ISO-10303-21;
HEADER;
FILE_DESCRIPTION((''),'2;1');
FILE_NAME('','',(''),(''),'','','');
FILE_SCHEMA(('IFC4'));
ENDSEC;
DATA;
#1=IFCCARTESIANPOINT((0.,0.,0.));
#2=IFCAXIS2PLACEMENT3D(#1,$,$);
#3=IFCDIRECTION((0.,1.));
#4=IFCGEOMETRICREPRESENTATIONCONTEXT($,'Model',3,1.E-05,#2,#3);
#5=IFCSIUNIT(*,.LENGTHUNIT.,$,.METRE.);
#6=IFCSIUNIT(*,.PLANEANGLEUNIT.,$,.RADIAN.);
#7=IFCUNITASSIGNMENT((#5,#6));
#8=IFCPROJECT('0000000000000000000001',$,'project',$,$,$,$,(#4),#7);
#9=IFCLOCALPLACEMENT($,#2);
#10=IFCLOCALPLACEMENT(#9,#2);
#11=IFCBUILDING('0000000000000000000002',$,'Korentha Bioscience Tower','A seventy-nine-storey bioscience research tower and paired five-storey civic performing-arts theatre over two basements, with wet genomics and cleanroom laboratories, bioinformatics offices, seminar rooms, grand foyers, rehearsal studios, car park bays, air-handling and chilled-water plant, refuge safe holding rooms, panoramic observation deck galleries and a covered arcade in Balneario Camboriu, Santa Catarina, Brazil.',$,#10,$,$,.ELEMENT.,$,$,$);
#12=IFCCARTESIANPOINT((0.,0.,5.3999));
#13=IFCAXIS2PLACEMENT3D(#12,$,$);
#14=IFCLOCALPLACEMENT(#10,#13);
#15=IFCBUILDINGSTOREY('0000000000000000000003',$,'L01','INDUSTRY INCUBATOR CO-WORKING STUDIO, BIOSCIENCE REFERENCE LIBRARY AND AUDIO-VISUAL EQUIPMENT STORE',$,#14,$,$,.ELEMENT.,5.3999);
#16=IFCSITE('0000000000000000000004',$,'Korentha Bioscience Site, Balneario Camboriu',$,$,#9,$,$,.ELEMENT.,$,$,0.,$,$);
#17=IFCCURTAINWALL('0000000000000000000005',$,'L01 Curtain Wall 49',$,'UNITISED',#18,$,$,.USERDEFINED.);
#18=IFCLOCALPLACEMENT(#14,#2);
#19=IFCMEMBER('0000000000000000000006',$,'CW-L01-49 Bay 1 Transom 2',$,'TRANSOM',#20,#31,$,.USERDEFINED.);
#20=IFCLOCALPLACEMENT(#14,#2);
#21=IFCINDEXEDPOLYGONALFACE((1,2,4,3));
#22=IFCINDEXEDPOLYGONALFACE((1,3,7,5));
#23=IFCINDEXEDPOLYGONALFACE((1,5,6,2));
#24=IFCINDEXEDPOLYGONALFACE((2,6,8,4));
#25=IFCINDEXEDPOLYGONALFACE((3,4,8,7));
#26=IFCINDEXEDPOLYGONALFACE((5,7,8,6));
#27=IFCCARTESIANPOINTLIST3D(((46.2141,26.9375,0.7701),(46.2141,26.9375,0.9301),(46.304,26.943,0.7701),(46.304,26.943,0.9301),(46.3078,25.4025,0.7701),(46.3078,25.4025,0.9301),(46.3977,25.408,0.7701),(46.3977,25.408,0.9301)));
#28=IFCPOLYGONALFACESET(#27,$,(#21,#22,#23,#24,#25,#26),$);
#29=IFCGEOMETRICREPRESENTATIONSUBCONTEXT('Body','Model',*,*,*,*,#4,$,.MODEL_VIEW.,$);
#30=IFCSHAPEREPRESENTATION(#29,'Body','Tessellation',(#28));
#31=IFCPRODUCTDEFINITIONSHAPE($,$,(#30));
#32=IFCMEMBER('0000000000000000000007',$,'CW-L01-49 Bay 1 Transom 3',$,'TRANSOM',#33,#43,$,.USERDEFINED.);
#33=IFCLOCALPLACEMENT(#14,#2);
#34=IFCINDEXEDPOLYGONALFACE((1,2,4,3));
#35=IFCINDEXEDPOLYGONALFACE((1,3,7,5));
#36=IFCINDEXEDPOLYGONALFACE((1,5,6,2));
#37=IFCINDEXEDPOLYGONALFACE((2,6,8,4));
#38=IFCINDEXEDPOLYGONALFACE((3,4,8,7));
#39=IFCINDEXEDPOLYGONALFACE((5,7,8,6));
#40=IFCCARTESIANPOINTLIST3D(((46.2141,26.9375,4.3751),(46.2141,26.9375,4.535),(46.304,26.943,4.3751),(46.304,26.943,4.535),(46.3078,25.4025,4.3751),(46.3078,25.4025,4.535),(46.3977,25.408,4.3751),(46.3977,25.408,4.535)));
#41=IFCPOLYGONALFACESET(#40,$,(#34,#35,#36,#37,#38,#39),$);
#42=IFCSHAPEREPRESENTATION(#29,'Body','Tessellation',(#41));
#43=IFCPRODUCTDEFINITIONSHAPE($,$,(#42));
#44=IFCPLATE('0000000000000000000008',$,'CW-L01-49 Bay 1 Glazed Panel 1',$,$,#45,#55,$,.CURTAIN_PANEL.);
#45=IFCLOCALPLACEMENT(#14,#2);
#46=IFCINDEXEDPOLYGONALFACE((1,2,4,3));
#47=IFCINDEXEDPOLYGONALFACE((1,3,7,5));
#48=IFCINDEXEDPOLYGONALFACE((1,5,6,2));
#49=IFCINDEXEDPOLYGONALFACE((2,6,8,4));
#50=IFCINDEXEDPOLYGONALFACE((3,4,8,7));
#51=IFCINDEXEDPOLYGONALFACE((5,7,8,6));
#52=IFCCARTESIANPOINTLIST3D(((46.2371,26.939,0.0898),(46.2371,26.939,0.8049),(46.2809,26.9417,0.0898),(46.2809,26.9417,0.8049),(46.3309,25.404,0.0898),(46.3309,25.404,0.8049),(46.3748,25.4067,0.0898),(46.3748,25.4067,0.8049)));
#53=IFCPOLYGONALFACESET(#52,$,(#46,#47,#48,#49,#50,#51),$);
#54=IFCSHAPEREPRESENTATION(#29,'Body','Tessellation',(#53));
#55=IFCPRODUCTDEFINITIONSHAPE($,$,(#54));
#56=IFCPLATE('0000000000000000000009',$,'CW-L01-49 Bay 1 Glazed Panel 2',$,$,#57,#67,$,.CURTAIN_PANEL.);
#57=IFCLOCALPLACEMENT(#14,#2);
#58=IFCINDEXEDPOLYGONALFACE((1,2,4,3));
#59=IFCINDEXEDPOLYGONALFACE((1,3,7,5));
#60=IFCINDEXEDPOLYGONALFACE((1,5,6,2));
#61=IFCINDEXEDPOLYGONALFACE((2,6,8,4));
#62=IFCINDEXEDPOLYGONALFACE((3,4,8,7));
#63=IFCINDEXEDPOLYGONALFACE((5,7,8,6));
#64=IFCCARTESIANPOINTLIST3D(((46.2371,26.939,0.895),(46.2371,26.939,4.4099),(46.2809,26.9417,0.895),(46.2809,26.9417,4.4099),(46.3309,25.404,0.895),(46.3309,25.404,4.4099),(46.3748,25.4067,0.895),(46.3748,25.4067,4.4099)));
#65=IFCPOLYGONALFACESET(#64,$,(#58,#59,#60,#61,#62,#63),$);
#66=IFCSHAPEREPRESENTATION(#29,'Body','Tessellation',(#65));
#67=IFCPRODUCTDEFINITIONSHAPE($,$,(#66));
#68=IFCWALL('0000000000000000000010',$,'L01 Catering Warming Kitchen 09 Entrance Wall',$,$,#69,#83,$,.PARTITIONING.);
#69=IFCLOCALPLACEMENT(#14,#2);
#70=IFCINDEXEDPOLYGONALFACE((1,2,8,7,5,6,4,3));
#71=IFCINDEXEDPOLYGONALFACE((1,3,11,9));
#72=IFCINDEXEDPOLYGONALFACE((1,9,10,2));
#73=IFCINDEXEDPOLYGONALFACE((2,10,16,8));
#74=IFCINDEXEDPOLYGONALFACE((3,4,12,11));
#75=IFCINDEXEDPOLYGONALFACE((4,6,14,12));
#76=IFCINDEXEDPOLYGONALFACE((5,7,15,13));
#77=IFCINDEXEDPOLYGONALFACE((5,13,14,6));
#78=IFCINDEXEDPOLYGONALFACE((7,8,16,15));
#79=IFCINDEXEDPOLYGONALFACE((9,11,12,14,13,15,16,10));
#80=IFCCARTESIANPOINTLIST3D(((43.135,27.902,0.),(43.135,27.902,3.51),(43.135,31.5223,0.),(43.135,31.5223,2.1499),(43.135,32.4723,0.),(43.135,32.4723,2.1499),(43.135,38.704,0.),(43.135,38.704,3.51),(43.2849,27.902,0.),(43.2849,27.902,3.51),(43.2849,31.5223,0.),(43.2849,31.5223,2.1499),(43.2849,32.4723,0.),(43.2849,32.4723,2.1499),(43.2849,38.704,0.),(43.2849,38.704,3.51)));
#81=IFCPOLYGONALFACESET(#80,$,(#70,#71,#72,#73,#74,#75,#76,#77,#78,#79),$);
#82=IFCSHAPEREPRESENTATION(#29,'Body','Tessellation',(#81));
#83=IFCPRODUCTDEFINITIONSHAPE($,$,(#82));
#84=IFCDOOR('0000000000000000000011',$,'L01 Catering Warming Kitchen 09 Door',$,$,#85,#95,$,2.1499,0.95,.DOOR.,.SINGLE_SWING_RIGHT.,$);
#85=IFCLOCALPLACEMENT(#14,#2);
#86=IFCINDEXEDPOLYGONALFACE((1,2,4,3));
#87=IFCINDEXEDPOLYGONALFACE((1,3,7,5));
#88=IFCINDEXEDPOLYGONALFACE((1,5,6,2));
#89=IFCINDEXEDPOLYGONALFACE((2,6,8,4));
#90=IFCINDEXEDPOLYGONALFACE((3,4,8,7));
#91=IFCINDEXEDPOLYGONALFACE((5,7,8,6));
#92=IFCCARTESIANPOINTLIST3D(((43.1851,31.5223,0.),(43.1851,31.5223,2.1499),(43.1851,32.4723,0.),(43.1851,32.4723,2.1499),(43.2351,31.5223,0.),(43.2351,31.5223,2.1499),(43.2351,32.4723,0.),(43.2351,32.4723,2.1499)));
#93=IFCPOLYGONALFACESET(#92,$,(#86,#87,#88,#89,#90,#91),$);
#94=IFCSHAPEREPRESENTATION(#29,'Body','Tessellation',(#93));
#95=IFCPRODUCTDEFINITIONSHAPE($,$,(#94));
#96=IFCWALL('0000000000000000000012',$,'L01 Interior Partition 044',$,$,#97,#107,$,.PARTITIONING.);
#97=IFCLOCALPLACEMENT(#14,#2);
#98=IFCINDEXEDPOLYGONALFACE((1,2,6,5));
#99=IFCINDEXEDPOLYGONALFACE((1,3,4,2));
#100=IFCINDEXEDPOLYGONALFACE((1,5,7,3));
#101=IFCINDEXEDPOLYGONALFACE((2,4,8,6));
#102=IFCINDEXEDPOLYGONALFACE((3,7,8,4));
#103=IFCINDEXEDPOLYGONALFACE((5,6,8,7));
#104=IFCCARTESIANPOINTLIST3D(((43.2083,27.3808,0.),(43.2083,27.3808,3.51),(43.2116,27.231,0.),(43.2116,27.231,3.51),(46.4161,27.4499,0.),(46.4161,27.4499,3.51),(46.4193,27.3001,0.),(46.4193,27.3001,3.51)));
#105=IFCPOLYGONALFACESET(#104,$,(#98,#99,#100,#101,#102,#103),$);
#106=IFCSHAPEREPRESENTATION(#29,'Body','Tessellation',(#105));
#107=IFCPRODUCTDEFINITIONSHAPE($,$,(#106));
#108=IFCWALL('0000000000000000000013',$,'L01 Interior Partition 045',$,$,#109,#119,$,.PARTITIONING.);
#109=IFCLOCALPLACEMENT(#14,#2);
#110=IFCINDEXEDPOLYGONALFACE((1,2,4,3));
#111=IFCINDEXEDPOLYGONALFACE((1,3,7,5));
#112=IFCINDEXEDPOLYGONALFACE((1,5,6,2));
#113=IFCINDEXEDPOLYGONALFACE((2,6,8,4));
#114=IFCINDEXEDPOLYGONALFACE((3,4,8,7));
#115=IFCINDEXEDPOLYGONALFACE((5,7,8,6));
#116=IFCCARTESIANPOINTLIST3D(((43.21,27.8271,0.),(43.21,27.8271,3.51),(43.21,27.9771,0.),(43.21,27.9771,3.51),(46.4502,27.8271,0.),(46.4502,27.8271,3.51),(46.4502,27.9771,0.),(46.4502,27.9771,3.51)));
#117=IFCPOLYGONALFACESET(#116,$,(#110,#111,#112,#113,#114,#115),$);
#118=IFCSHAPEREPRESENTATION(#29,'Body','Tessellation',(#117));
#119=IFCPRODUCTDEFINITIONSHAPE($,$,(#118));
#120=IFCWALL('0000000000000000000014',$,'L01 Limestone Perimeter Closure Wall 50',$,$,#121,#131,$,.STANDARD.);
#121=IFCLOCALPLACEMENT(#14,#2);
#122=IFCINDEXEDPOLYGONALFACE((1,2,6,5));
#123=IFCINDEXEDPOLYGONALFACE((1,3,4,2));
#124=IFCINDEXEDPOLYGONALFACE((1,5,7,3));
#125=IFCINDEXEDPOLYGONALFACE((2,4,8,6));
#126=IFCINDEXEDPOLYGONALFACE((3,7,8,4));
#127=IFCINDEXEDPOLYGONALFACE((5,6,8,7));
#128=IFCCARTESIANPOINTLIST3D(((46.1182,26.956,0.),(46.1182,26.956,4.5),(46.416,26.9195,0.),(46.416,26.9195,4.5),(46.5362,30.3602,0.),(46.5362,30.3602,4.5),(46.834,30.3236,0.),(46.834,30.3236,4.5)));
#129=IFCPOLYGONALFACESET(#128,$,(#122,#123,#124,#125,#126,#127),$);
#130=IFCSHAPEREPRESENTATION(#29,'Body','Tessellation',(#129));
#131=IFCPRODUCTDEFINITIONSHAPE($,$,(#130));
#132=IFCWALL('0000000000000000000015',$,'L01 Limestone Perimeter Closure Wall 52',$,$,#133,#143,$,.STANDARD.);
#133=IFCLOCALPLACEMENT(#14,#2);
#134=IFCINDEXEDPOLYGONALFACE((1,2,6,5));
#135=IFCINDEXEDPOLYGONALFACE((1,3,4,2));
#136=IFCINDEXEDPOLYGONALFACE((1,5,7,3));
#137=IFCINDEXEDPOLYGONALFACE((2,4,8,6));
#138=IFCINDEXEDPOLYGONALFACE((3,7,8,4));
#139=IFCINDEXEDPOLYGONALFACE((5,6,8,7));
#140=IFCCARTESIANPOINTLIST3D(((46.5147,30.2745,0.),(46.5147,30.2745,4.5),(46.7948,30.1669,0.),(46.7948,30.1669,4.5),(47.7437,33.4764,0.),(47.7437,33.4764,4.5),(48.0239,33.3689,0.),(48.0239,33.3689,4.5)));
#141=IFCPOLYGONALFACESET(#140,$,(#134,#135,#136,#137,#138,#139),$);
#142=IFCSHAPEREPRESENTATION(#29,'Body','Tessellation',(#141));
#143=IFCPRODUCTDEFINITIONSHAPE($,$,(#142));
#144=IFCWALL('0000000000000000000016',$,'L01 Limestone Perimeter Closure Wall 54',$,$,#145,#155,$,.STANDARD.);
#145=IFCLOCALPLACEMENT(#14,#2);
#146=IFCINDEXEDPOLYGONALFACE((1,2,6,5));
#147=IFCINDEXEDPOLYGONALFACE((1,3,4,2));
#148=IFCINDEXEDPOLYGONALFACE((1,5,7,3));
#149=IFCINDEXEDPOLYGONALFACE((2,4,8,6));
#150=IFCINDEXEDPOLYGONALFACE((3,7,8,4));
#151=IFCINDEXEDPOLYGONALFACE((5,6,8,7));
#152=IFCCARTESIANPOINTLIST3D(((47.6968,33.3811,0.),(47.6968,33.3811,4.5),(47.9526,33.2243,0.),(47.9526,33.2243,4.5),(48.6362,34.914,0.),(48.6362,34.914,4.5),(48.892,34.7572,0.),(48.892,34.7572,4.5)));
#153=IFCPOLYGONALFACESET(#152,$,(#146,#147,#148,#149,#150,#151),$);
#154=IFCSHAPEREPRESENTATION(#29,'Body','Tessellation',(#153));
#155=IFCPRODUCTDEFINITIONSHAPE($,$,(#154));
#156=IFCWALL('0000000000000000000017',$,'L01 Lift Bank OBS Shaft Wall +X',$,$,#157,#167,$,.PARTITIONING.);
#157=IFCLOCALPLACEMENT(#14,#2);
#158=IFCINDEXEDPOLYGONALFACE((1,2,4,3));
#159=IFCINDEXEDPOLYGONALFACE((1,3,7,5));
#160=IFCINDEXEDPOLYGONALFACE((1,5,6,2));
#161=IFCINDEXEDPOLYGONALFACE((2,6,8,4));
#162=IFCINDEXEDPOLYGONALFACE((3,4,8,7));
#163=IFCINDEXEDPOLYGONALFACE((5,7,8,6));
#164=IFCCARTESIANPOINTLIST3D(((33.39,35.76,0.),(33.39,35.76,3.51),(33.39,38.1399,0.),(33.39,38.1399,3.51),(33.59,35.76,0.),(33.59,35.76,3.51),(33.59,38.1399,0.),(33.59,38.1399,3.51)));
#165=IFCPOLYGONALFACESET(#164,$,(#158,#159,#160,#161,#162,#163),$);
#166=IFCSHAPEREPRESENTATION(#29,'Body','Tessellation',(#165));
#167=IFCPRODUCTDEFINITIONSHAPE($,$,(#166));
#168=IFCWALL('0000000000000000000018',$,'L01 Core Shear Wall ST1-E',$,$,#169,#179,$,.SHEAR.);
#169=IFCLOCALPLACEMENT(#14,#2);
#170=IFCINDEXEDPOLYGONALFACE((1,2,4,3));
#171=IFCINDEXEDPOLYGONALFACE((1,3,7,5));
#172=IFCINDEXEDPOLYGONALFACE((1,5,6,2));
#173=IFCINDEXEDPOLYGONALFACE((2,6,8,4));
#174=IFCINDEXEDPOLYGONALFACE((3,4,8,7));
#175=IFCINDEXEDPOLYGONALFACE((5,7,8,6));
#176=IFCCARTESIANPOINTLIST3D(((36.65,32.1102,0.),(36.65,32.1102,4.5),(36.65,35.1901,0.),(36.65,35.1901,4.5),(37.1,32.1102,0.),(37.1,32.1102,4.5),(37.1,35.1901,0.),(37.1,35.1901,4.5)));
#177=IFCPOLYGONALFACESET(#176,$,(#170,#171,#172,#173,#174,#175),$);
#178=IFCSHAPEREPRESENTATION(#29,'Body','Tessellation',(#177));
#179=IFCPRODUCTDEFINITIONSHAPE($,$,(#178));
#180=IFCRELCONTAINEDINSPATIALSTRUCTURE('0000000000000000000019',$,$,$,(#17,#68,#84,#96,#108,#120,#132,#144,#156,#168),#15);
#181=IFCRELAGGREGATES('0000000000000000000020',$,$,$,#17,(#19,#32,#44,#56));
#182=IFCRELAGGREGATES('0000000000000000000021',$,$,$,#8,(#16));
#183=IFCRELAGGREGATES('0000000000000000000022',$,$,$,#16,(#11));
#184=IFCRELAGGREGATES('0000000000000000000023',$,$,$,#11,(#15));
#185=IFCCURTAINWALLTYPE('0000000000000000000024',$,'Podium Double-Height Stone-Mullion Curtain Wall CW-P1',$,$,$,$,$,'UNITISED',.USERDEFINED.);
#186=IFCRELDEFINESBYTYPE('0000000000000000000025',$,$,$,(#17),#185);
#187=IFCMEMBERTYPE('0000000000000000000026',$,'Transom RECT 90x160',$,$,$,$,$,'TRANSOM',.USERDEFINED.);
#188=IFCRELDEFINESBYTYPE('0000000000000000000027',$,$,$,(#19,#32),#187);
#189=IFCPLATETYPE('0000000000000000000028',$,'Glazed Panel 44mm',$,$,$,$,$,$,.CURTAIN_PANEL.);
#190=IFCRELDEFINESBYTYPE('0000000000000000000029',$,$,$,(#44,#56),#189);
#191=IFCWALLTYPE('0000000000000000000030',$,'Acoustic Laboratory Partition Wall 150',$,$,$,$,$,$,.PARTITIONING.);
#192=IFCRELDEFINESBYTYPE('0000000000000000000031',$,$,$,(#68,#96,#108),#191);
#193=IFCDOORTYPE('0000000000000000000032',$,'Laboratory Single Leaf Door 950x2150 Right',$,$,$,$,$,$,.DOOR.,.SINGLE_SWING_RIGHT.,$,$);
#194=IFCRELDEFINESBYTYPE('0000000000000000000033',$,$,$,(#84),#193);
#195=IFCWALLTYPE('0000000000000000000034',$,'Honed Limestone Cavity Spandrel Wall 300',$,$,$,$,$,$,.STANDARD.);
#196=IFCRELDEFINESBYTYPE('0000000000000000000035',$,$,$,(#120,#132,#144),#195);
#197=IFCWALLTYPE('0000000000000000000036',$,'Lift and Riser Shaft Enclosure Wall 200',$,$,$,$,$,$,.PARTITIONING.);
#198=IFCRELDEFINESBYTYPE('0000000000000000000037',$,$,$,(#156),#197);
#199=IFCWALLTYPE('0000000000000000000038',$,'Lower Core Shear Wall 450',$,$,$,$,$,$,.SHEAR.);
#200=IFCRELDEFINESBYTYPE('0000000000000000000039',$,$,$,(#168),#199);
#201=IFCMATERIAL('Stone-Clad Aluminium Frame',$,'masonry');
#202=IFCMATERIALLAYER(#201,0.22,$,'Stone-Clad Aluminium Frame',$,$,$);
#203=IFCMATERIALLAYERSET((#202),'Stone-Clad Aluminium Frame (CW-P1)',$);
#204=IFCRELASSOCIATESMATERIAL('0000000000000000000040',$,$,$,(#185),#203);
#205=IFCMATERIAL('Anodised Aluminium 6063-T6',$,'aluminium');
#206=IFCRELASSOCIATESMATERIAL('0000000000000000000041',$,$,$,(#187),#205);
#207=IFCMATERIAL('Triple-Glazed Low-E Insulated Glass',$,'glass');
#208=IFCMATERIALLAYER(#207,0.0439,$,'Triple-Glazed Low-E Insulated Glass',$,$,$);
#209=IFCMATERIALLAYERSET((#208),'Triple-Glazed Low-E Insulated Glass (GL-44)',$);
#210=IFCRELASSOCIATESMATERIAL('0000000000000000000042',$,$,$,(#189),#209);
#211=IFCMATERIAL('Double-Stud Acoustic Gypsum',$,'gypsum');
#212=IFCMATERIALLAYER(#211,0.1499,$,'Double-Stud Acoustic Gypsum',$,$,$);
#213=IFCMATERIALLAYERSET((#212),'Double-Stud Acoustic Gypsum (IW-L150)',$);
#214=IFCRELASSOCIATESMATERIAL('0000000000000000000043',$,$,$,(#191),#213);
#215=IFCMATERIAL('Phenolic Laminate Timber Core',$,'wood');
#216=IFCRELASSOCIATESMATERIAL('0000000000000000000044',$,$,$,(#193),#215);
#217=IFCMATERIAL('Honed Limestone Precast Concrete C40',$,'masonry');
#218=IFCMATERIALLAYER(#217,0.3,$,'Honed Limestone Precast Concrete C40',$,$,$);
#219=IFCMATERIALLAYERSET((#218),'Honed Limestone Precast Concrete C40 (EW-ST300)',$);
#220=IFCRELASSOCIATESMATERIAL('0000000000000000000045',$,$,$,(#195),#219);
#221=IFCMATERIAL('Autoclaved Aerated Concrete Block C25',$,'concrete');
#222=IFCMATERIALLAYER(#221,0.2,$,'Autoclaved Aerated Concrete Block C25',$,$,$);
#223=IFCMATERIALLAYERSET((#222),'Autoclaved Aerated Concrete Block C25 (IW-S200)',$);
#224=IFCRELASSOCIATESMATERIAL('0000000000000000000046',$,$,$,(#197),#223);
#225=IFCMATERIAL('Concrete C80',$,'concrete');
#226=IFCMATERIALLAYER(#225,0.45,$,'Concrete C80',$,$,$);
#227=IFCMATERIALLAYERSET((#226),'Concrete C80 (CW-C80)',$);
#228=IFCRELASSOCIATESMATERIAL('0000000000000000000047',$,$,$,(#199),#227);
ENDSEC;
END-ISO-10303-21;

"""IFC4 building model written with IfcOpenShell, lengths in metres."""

from ifc_helpers import new_model, si_unit, direction, frame, frame_2d, origin, origin_2d, place, context, subcontext, project, spatial, rectangle, extrude, material, layer, layer_set, material_profile, profile_set, type_object, element, fill, aggregate, save


model = new_model("IFC4")

# Units and contexts
model_context = context("Model", 3, precision=1e-05, world=origin(), true_north=direction((0.0, 1.0)))
body_context = subcontext(model_context, "Body", "Model", "MODEL_VIEW")
ifc_project = project(units=[si_unit("LENGTHUNIT", "METRE"), si_unit("PLANEANGLEUNIT", "RADIAN")], contexts=[model_context])

# Site, building, storey
site_placement = place(None, origin())
site = spatial("IfcSite", under=ifc_project, at=site_placement, Name="Korentha Bioscience Site, Balneario Camboriu", CompositionType="ELEMENT", RefElevation=0.0)
building_placement = place(site_placement, origin())
building = spatial("IfcBuilding", under=site, at=building_placement, Name="Korentha Bioscience Tower", Description="A seventy-nine-storey bioscience research tower and paired five-storey civic performing-arts theatre over two basements, with wet genomics and cleanroom laboratories, bioinformatics offices, seminar rooms, grand foyers, rehearsal studios, car park bays, air-handling and chilled-water plant, refuge safe holding rooms, panoramic observation deck galleries and a covered arcade in Balneario Camboriu, Santa Catarina, Brazil.", CompositionType="ELEMENT")
storey_placement = place(building_placement, frame((0.0, 0.0, 5.3999)))
storey = spatial("IfcBuildingStorey", under=building, at=storey_placement, Name="L01", Description="INDUSTRY INCUBATOR CO-WORKING STUDIO, BIOSCIENCE REFERENCE LIBRARY AND AUDIO-VISUAL EQUIPMENT STORE", CompositionType="ELEMENT", Elevation=5.3999)

# Shared definitions
ifc_material_1 = material(Name="Concrete C80", Category="concrete")

# Curtain wall
ifc_material_2 = material(Name="Stone-Clad Aluminium Frame", Category="masonry")
ifc_layer_1 = layer(ifc_material_2, 0.22, Name="Stone-Clad Aluminium Frame")
ifc_layer_set_1 = layer_set([ifc_layer_1], Name="Stone-Clad Aluminium Frame (CW-P1)")
curtain_wall_type = type_object("IfcCurtainWallType", Name="Podium Double-Height Stone-Mullion Curtain Wall CW-P1", ElementType="UNITISED", PredefinedType="USERDEFINED", material=ifc_layer_set_1)
curtain_wall_placement = place(storey_placement, origin())
curtain_wall = element("IfcCurtainWall", 1, at=curtain_wall_placement, inside=storey, type_object=curtain_wall_type, Name="L01 Curtain Wall 49", ObjectType="UNITISED", PredefinedType="USERDEFINED")
ifc_material_3 = material(Name="Anodised Aluminium 6063-T6", Category="aluminium")

# Members
ifc_material_profile_1 = material_profile(ifc_material_3, rectangle(XDim=0.0901, YDim=0.1599, at=origin_2d()), Name="Anodised Aluminium 6063-T6")
ifc_profile_set_1 = profile_set([ifc_material_profile_1], Name="Anodised Aluminium 6063-T6 (CW-TRN)")
member_type_1 = type_object("IfcMemberType", Name="Transom RECT 90x160", ElementType="TRANSOM", PredefinedType="USERDEFINED", material=ifc_profile_set_1)
member_1_placement = place(storey_placement, frame((46.3528, 25.4053, 0.8501), z_axis=(-0.060965, 0.99814, 0.0), x_axis=(-0.99814, -0.060965, 0.0)))
member_1 = element("IfcMember", 2, at=member_1_placement, type_object=member_type_1, Name="CW-L01-49 Bay 1 Transom 2", ObjectType="TRANSOM", PredefinedType="USERDEFINED", context=body_context, shape_type="SweptSolid", body=[
    extrude(rectangle(XDim=0.0901, YDim=0.1599, at=origin_2d()), origin(), (0.0, 0.0, 1.0), 1.5378),
])
member_2_placement = place(storey_placement, frame((46.3528, 25.4053, 4.4551), z_axis=(-0.060965, 0.99814, 0.0), x_axis=(-0.99814, -0.060965, 0.0)))
member_2 = element("IfcMember", 3, at=member_2_placement, type_object=member_type_1, Name="CW-L01-49 Bay 1 Transom 3", ObjectType="TRANSOM", PredefinedType="USERDEFINED", context=body_context, shape_type="SweptSolid", body=[
    extrude(rectangle(XDim=0.0901, YDim=0.1599, at=origin_2d()), origin(), (0.0, 0.0, 1.0), 1.5378),
])

# Plates
ifc_material_4 = material(Name="Triple-Glazed Low-E Insulated Glass", Category="glass")
ifc_layer_2 = layer(ifc_material_4, 0.0439, Name="Triple-Glazed Low-E Insulated Glass")
ifc_layer_set_2 = layer_set([ifc_layer_2], Name="Triple-Glazed Low-E Insulated Glass (GL-44)")
plate_type = type_object("IfcPlateType", Name="Glazed Panel 44mm", PredefinedType="CURTAIN_PANEL", material=ifc_layer_set_2)
plate_1_placement = place(storey_placement, frame((46.3059, 26.1729, 0.0898), z_axis=(0.0, 0.0, 1.0), x_axis=(-0.061008, 0.998137, 0.0)))
plate_1 = element("IfcPlate", 4, at=plate_1_placement, type_object=plate_type, Name="CW-L01-49 Bay 1 Glazed Panel 1", PredefinedType="CURTAIN_PANEL", context=body_context, shape_type="SweptSolid", body=[
    extrude(rectangle(XDim=1.5378, YDim=0.0439, at=origin_2d()), origin(), (0.0, 0.0, 1.0), 0.7151),
])
plate_2_placement = place(storey_placement, frame((46.3059, 26.1729, 0.895), z_axis=(0.0, 0.0, 1.0), x_axis=(-0.061008, 0.998137, 0.0)))
plate_2 = element("IfcPlate", 5, at=plate_2_placement, type_object=plate_type, Name="CW-L01-49 Bay 1 Glazed Panel 2", PredefinedType="CURTAIN_PANEL", context=body_context, shape_type="SweptSolid", body=[
    extrude(rectangle(XDim=1.5378, YDim=0.0439, at=origin_2d()), origin(), (0.0, 0.0, 1.0), 3.5149),
])
aggregate(curtain_wall, [member_1, member_2, plate_1, plate_2])

# Wall, opening, door
ifc_material_5 = material(Name="Double-Stud Acoustic Gypsum", Category="gypsum")
ifc_layer_3 = layer(ifc_material_5, 0.1499, Name="Double-Stud Acoustic Gypsum")
ifc_layer_set_3 = layer_set([ifc_layer_3], Name="Double-Stud Acoustic Gypsum (IW-L150)")
wall_type_1 = type_object("IfcWallType", Name="Acoustic Laboratory Partition Wall 150", PredefinedType="PARTITIONING", material=ifc_layer_set_3)
wall_1_placement = place(storey_placement, frame((43.21, 27.9021, 0.0), z_axis=(0.0, 0.0, 1.0), x_axis=(0.0, 1.0, 0.0)))
wall_1 = element("IfcWall", 6, at=wall_1_placement, inside=storey, type_object=wall_type_1, Name="L01 Catering Warming Kitchen 09 Entrance Wall", PredefinedType="PARTITIONING", context=body_context, shape_type="SweptSolid", body=[
    extrude(rectangle(XDim=10.802, YDim=0.1499, at=frame_2d((5.4009, 0.0))), origin(), (0.0, 0.0, 1.0), 3.51),
])
opening_placement = place(wall_1_placement, frame((3.6201, 0.0, 0.0)))
opening = element("IfcOpeningElement", 7, at=opening_placement, cuts=wall_1, PredefinedType="OPENING", context=body_context, shape_type="SweptSolid", body=[
    extrude(rectangle(XDim=0.95, YDim=2.1499, at=frame_2d((0.4751, 1.075))), frame((0.0, 0.0898, 0.0), z_axis=(0.0, -1.0, 0.0), x_axis=(1.0, 0.0, 0.0)), (0.0, 0.0, 1.0), 0.1797),
])
ifc_material_6 = material(Name="Phenolic Laminate Timber Core", Category="wood")
door_type = type_object("IfcDoorType", Name="Laboratory Single Leaf Door 950x2150 Right", OperationType="SINGLE_SWING_RIGHT", PredefinedType="DOOR", material=ifc_material_6)
door_placement = place(opening_placement, origin())
door = element("IfcDoor", 8, at=door_placement, inside=storey, type_object=door_type, Name="L01 Catering Warming Kitchen 09 Door", OperationType="SINGLE_SWING_RIGHT", OverallHeight=2.1499, OverallWidth=0.95, PredefinedType="DOOR", context=body_context, shape_type="SweptSolid", body=[
    extrude(rectangle(XDim=0.95, YDim=2.1499, at=frame_2d((0.4751, 1.075))), frame((0.0, 0.0249, 0.0), z_axis=(0.0, -1.0, 0.0), x_axis=(1.0, 0.0, 0.0)), (0.0, 0.0, 1.0), 0.05),
])
fill(opening, door)

# Walls
wall_2_placement = place(storey_placement, frame((43.21, 27.3059, 0.0), z_axis=(0.0, 0.0, 1.0), x_axis=(0.999768, 0.021534, 0.0)))
element("IfcWall", 9, at=wall_2_placement, inside=storey, type_object=wall_type_1, Name="L01 Interior Partition 044", PredefinedType="PARTITIONING", context=body_context, shape_type="SweptSolid", body=[
    extrude(rectangle(XDim=3.2085, YDim=0.1499, at=frame_2d((1.6042, 0.0))), origin(), (0.0, 0.0, 1.0), 3.51),
])
wall_3_placement = place(storey_placement, frame((46.4502, 27.9021, 0.0), z_axis=(0.0, 0.0, 1.0), x_axis=(-1.0, 0.0, 0.0)))
element("IfcWall", 10, at=wall_3_placement, inside=storey, type_object=wall_type_1, Name="L01 Interior Partition 045", PredefinedType="PARTITIONING", context=body_context, shape_type="SweptSolid", body=[
    extrude(rectangle(XDim=3.2402, YDim=0.1499, at=frame_2d((1.6201, 0.0))), origin(), (0.0, 0.0, 1.0), 3.51),
])
ifc_material_7 = material(Name="Honed Limestone Precast Concrete C40", Category="masonry")
ifc_layer_4 = layer(ifc_material_7, 0.3, Name="Honed Limestone Precast Concrete C40")
ifc_layer_set_4 = layer_set([ifc_layer_4], Name="Honed Limestone Precast Concrete C40 (EW-ST300)")
wall_type_2 = type_object("IfcWallType", Name="Honed Limestone Cavity Spandrel Wall 300", PredefinedType="STANDARD", material=ifc_layer_set_4)
for number, where, z_axis, x_axis, name in (
    (11, (46.2671, 26.9377, 0.0), (0.0, 0.0, 1.0), (0.12187, 0.992546, 0.0), "L01 Limestone Perimeter Closure Wall 50"),
    (12, (46.6548, 30.2207, 0.0), (0.0, 0.0, 1.0), (0.358345, 0.933589, 0.0), "L01 Limestone Perimeter Closure Wall 52"),
):
    element("IfcWall", number, at=place(storey_placement, frame(where, z_axis=z_axis, x_axis=x_axis)), inside=storey, type_object=wall_type_2, Name=name, PredefinedType="STANDARD", context=body_context, shape_type="SweptSolid", body=[
        extrude(rectangle(XDim=3.4297, YDim=0.3, at=frame_2d((1.7148, 0.0))), origin(), (0.0, 0.0, 1.0), 4.5),
    ])
wall_4_placement = place(storey_placement, frame((47.8247, 33.3027, 0.0), z_axis=(0.0, 0.0, 1.0), x_axis=(0.522521, 0.852627, 0.0)))
element("IfcWall", 13, at=wall_4_placement, inside=storey, type_object=wall_type_2, Name="L01 Limestone Perimeter Closure Wall 54", PredefinedType="STANDARD", context=body_context, shape_type="SweptSolid", body=[
    extrude(rectangle(XDim=1.7979, YDim=0.3, at=frame_2d((0.8989, 0.0))), origin(), (0.0, 0.0, 1.0), 4.5),
])
ifc_material_8 = material(Name="Autoclaved Aerated Concrete Block C25", Category="concrete")
ifc_layer_5 = layer(ifc_material_8, 0.2, Name="Autoclaved Aerated Concrete Block C25")
ifc_layer_set_5 = layer_set([ifc_layer_5], Name="Autoclaved Aerated Concrete Block C25 (IW-S200)")
wall_type_3 = type_object("IfcWallType", Name="Lift and Riser Shaft Enclosure Wall 200", PredefinedType="PARTITIONING", material=ifc_layer_set_5)
wall_5_placement = place(storey_placement, frame((33.49, 35.76, 0.0), z_axis=(0.0, 0.0, 1.0), x_axis=(0.0, 1.0, 0.0)))
element("IfcWall", 14, at=wall_5_placement, inside=storey, type_object=wall_type_3, Name="L01 Lift Bank OBS Shaft Wall +X", PredefinedType="PARTITIONING", context=body_context, shape_type="SweptSolid", body=[
    extrude(rectangle(XDim=2.3799, YDim=0.2, at=frame_2d((1.1899, 0.0))), origin(), (0.0, 0.0, 1.0), 3.51),
])
ifc_layer_6 = layer(ifc_material_1, 0.45, Name="Concrete C80")
ifc_layer_set_6 = layer_set([ifc_layer_6], Name="Concrete C80 (CW-C80)")
wall_type_4 = type_object("IfcWallType", Name="Lower Core Shear Wall 450", PredefinedType="SHEAR", material=ifc_layer_set_6)
wall_6_placement = place(storey_placement, frame((36.875, 32.1101, 0.0), z_axis=(0.0, 0.0, 1.0), x_axis=(0.0, 1.0, 0.0)))
element("IfcWall", 15, at=wall_6_placement, inside=storey, type_object=wall_type_4, Name="L01 Core Shear Wall ST1-E", PredefinedType="SHEAR", context=body_context, shape_type="SweptSolid", body=[
    extrude(rectangle(XDim=3.0798, YDim=0.45, at=frame_2d((1.54, 0.0))), origin(), (0.0, 0.0, 1.0), 4.5),
])

save(model, "model.ifc")
